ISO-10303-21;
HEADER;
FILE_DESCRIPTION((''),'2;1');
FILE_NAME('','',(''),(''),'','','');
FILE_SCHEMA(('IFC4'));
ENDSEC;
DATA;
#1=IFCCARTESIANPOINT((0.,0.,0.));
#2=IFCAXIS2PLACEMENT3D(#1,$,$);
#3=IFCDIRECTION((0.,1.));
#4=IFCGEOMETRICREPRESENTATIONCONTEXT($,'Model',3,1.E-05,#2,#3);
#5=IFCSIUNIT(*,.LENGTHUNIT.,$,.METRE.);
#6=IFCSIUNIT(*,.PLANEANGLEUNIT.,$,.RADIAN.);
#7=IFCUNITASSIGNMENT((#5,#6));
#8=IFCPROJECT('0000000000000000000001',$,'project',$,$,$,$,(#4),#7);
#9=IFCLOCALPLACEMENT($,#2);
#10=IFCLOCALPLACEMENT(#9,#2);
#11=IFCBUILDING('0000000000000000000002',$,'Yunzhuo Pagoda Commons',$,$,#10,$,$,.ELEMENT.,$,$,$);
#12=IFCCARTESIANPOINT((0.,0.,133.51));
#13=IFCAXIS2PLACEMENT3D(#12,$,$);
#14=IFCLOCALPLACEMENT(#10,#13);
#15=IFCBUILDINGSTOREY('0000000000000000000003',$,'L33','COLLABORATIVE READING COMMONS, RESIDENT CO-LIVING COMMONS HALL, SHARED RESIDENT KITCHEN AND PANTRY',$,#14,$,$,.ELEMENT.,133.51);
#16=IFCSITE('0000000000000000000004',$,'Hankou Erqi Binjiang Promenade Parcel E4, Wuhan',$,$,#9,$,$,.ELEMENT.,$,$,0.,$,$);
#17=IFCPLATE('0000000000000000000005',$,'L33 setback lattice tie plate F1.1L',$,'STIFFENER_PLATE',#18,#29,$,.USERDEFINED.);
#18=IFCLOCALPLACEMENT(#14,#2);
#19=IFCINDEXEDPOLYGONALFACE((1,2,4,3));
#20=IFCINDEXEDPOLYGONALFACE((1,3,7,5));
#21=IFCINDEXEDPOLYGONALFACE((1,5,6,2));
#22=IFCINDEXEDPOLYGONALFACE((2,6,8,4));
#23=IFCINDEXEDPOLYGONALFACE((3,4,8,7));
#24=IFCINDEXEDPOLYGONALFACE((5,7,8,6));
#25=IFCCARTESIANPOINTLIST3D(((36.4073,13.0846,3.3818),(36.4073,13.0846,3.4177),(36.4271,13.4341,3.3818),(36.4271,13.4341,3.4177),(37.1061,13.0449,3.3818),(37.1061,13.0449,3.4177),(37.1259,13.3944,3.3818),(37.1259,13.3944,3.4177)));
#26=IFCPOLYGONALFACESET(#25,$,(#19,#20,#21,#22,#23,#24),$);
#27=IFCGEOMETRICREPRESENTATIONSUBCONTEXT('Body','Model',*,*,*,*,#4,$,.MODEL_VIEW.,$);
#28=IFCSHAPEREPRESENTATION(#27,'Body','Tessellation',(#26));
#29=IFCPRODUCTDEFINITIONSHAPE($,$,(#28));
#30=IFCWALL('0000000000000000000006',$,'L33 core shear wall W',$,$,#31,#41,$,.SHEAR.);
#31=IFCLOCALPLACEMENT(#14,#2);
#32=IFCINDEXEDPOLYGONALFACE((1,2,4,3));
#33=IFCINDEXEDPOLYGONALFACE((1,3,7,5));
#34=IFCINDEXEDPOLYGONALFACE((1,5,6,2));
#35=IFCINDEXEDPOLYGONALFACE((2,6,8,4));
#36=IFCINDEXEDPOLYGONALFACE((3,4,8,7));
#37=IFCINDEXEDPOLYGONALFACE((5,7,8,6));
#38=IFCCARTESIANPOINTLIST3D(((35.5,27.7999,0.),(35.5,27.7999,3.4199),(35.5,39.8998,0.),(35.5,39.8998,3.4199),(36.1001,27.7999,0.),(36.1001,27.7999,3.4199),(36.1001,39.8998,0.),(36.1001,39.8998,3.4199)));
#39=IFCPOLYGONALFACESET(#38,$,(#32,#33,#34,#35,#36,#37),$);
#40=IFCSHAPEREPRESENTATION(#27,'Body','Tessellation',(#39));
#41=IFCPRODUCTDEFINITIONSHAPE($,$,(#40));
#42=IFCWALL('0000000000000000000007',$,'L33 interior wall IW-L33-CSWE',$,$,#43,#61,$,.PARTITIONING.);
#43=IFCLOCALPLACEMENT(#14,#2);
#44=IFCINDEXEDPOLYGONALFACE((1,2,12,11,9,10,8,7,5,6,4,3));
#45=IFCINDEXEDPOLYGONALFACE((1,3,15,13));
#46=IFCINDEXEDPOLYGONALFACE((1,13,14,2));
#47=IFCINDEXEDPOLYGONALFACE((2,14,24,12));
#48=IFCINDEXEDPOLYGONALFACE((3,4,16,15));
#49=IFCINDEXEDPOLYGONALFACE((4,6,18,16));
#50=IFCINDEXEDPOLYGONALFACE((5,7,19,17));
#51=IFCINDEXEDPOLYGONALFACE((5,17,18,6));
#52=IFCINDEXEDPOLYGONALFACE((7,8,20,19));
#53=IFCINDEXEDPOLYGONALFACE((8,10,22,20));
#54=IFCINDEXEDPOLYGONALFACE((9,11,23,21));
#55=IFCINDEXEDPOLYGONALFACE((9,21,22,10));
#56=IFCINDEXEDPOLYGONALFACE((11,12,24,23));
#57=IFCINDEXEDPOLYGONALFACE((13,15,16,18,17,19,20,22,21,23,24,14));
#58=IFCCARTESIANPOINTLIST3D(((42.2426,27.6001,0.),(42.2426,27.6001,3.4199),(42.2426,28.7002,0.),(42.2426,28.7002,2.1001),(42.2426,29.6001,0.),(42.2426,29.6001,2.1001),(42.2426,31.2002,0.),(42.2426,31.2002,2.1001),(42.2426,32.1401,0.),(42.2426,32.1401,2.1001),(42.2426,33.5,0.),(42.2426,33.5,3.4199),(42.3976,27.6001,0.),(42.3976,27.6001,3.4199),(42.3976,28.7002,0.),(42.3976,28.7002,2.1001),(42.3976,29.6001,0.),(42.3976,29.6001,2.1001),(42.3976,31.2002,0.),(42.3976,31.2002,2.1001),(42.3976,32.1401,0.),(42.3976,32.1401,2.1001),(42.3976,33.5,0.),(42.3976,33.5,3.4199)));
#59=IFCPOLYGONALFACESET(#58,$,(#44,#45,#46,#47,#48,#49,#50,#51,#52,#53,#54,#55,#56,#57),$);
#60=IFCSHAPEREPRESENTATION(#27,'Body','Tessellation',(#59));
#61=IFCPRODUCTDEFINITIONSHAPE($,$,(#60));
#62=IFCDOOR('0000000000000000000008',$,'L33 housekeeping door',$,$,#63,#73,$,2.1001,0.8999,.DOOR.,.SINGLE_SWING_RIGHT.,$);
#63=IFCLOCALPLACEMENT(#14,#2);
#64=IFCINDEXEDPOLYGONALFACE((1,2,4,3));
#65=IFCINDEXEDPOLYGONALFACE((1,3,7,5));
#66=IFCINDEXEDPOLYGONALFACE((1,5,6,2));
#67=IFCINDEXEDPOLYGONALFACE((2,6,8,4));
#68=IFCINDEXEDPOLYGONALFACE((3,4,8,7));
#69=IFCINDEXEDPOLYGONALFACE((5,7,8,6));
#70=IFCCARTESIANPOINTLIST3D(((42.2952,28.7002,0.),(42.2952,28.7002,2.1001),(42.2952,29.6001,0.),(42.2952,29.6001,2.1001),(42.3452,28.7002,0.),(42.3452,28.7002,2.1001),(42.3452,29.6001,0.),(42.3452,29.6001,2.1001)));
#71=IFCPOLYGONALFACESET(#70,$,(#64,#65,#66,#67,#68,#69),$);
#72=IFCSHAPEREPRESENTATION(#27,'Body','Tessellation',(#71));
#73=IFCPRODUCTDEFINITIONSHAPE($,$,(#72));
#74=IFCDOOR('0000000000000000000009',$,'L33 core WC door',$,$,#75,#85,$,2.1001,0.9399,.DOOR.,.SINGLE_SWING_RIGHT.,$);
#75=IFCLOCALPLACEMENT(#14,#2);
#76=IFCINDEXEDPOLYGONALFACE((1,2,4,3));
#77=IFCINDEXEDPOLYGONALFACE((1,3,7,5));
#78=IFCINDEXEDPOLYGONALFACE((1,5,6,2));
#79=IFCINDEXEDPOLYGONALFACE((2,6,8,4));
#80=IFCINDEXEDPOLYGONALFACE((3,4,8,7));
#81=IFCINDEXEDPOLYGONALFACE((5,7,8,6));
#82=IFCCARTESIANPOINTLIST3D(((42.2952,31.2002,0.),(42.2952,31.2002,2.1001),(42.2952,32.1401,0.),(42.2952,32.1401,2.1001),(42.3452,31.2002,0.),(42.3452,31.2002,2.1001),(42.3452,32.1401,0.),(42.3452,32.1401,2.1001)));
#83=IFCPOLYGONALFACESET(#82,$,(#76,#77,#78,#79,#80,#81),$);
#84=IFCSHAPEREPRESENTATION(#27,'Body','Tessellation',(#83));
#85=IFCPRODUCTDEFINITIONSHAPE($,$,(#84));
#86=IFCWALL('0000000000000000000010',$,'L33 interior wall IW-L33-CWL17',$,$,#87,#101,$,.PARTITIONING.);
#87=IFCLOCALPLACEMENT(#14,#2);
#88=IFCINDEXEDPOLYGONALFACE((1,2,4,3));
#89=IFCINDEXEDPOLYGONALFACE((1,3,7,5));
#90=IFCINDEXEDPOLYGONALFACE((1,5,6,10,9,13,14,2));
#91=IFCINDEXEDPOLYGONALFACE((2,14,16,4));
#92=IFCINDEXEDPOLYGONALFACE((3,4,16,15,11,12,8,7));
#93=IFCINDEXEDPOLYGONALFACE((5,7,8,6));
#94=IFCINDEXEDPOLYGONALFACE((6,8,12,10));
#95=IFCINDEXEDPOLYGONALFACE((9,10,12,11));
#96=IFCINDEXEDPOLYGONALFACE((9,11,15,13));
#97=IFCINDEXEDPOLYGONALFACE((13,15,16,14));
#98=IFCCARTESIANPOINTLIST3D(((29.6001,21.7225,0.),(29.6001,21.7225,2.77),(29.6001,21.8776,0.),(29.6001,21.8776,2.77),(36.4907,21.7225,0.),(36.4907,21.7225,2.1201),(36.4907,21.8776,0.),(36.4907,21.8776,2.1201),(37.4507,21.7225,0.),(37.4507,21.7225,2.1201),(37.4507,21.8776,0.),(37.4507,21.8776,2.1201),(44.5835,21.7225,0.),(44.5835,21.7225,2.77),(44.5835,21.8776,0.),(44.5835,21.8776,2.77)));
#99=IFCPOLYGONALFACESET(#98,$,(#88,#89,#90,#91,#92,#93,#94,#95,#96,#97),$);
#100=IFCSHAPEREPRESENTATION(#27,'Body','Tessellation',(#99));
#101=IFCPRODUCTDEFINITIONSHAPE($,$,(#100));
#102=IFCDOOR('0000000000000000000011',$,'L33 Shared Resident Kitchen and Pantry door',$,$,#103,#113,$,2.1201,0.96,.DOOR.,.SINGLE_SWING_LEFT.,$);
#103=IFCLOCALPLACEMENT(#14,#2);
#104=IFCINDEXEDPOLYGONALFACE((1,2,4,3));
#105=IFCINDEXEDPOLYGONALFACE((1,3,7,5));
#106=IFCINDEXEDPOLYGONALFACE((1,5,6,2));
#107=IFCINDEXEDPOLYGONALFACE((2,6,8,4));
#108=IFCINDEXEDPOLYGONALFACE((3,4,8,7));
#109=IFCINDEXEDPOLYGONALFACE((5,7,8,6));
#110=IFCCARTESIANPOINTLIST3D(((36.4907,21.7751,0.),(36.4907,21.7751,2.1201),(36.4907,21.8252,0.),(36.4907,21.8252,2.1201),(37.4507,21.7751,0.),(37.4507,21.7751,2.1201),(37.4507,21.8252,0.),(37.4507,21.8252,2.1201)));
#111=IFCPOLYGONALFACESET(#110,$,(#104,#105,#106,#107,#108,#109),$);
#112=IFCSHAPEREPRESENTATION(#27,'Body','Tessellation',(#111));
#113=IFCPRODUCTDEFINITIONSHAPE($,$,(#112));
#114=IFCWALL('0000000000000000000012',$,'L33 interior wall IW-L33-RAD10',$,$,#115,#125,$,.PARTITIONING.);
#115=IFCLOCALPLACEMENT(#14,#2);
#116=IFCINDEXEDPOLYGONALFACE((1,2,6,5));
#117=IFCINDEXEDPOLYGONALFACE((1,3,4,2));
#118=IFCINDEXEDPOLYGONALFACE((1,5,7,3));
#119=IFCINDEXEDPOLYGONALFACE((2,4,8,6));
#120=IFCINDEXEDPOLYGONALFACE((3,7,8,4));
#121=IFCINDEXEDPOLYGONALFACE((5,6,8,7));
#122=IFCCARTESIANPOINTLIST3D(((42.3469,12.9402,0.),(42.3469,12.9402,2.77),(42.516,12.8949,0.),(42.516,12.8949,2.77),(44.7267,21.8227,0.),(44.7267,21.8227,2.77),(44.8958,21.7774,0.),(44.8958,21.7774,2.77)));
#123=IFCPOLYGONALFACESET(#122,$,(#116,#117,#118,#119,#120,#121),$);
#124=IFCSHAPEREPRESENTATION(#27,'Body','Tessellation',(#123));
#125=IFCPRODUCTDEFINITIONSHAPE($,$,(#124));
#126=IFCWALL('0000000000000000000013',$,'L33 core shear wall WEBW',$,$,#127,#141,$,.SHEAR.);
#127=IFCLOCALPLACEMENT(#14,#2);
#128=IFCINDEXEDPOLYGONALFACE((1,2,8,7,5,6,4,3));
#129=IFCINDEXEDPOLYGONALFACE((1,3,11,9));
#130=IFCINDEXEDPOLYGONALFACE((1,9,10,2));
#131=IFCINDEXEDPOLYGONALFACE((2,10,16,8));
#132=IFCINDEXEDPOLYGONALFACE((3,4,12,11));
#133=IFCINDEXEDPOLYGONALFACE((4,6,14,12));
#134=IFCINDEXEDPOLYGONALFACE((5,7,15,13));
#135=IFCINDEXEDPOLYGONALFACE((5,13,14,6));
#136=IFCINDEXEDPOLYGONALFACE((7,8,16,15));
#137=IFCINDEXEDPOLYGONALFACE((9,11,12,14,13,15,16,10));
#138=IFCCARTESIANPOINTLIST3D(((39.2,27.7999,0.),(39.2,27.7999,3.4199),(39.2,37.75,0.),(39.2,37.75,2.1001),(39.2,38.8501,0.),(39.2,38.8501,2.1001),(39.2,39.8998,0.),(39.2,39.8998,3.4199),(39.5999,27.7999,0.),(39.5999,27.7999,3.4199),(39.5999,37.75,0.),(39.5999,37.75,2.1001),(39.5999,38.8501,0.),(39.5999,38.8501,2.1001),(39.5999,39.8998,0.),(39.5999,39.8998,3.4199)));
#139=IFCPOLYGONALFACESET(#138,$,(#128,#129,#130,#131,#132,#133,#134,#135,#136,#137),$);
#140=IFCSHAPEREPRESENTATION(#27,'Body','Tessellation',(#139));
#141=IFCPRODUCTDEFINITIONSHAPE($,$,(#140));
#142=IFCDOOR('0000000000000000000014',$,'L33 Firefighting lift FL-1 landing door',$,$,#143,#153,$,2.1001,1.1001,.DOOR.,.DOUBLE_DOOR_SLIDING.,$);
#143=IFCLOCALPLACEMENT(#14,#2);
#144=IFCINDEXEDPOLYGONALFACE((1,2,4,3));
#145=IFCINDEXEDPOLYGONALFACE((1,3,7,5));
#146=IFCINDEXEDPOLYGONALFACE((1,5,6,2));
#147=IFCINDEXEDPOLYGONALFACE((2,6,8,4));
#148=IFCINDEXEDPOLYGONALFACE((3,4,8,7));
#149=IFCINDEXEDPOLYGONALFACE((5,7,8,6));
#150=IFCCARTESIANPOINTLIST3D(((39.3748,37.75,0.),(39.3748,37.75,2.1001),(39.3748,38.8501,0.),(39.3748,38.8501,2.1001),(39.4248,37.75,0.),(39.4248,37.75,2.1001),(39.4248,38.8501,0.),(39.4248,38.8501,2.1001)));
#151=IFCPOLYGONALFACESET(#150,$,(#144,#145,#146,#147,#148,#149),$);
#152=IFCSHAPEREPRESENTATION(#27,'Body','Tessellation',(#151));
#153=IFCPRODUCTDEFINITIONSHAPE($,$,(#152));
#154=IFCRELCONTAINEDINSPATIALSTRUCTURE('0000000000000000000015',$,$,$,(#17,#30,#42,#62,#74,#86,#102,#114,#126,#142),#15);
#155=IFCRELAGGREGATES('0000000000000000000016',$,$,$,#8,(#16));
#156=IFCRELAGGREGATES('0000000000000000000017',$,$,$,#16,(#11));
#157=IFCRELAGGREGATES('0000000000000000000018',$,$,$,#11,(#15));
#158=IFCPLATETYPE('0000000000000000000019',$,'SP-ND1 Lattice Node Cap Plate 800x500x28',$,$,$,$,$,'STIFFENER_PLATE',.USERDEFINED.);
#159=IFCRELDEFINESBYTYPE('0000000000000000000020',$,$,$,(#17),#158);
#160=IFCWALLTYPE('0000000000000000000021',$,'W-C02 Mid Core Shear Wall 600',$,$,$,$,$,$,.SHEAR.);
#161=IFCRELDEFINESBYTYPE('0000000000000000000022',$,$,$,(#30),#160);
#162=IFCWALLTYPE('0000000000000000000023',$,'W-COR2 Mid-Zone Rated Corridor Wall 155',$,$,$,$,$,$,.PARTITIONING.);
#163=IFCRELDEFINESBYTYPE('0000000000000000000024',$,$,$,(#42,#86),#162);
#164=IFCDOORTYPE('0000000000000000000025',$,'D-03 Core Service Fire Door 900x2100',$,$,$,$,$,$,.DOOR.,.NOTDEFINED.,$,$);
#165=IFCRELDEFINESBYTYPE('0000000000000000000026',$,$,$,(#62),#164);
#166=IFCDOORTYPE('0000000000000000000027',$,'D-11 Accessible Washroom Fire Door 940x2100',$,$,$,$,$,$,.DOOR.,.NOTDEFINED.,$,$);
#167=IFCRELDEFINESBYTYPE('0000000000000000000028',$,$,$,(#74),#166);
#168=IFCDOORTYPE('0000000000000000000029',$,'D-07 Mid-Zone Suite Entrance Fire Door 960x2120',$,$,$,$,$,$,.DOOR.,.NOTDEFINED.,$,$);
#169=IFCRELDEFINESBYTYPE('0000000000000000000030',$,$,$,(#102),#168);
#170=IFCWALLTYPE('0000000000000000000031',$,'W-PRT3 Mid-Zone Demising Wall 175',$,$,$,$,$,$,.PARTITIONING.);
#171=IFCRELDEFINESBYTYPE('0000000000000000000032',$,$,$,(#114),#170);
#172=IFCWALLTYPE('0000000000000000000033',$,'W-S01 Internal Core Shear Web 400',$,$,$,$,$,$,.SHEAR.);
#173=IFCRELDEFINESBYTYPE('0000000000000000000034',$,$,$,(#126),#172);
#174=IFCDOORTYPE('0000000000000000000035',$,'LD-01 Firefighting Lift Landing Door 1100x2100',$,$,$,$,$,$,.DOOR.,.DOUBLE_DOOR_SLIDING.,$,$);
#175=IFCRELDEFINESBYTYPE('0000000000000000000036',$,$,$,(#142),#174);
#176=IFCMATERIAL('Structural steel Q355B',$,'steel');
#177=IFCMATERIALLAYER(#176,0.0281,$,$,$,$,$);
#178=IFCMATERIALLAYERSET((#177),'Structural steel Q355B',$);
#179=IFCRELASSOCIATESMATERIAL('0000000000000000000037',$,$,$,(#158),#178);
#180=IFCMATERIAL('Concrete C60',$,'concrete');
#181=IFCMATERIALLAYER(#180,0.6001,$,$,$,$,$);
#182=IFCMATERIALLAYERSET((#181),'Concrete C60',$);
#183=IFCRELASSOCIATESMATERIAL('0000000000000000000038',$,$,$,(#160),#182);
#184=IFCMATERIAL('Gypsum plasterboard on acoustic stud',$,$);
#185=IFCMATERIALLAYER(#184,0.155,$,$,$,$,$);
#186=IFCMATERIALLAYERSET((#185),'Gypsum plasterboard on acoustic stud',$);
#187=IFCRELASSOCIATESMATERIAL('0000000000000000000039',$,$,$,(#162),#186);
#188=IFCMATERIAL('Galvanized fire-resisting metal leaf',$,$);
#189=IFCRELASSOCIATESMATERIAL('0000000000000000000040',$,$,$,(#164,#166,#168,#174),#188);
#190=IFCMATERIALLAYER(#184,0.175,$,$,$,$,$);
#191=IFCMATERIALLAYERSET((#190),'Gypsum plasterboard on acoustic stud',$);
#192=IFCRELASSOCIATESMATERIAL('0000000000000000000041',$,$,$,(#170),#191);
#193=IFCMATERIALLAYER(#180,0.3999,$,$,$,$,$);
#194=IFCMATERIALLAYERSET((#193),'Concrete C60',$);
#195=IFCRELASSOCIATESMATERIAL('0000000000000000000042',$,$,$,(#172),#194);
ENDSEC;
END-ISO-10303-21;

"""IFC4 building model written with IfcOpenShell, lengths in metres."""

from ifc_helpers import new_model, si_unit, direction, frame, frame_2d, origin, origin_with_axes, origin_2d, place, context, subcontext, project, spatial, rectangle, extrude, source, transform, mapped, material, layer, layer_set, type_object, element, fill, save


model = new_model("IFC4")

# Units and contexts
model_context = context("Model", 3, precision=1e-05, world=origin(), true_north=direction((0.0, 1.0)))
body_context = subcontext(model_context, "Body", "Model", "MODEL_VIEW")
ifc_project = project(units=[si_unit("LENGTHUNIT", "METRE"), si_unit("PLANEANGLEUNIT", "RADIAN")], contexts=[model_context])

# Site, building, storey
site_placement = place(None, origin())
site = spatial("IfcSite", under=ifc_project, at=site_placement, Name="Hankou Erqi Binjiang Promenade Parcel E4, Wuhan", CompositionType="ELEMENT", RefElevation=0.0)
building_placement = place(site_placement, origin())
building = spatial("IfcBuilding", under=site, at=building_placement, Name="Yunzhuo Pagoda Commons", CompositionType="ELEMENT")
storey_placement = place(building_placement, frame((0.0, 0.0, 133.51)))
storey = spatial("IfcBuildingStorey", under=building, at=storey_placement, Name="L33", Description="COLLABORATIVE READING COMMONS, RESIDENT CO-LIVING COMMONS HALL, SHARED RESIDENT KITCHEN AND PANTRY", CompositionType="ELEMENT", Elevation=133.51)

# Shared definitions
ifc_material_1 = material(Name="Structural steel Q355B", Category="steel")

# Plate
ifc_layer_1 = layer(ifc_material_1, 0.0281)
ifc_layer_set_1 = layer_set([ifc_layer_1], Name="Structural steel Q355B")
plate_type_1 = type_object("IfcPlateType", Name="SP-ND1 Lattice Node Cap Plate 800x500x28", ElementType="STIFFENER_PLATE", PredefinedType="USERDEFINED", material=ifc_layer_set_1)
shared_shape_1 = source(origin(), body_context, "Body", "SweptSolid", [
    extrude(rectangle(XDim=0.7, YDim=0.3501, at=origin_2d()), origin(), (0.0, 0.0, 1.0), 0.0359),
])
plate_1_placement = place(storey_placement, frame((36.7666, 13.2395, 3.3818), z_axis=(0.0, 0.0, 1.0), x_axis=(0.998389, -0.056745, 0.0)))
element("IfcPlate", 1, at=plate_1_placement, inside=storey, type_object=plate_type_1, Name="L33 setback lattice tie plate F1.1L", ObjectType="STIFFENER_PLATE", PredefinedType="USERDEFINED", context=body_context, shape_type="MappedRepresentation", body=[
    mapped(shared_shape_1, transform((0.0, 0.0, 0.0), scale=1.0)),
])

# Wall
ifc_material_2 = material(Name="Concrete C60", Category="concrete")
ifc_layer_2 = layer(ifc_material_2, 0.6001)
ifc_layer_set_2 = layer_set([ifc_layer_2], Name="Concrete C60")
wall_type_1 = type_object("IfcWallType", Name="W-C02 Mid Core Shear Wall 600", PredefinedType="SHEAR", material=ifc_layer_set_2)
wall_1_placement = place(storey_placement, frame((35.8, 27.8, 0.0), z_axis=(0.0, 0.0, 1.0), x_axis=(0.0, 1.0, 0.0)))
element("IfcWall", 2, at=wall_1_placement, inside=storey, type_object=wall_type_1, Name="L33 core shear wall W", PredefinedType="SHEAR", context=body_context, shape_type="SweptSolid", body=[
    extrude(rectangle(XDim=12.0999, YDim=0.6001, at=frame_2d((6.0498, 0.0))), origin(), (0.0, 0.0, 1.0), 3.4199),
])

# Wall, openings, doors
ifc_material_3 = material(Name="Gypsum plasterboard on acoustic stud")
ifc_layer_3 = layer(ifc_material_3, 0.155)
ifc_layer_set_3 = layer_set([ifc_layer_3], Name="Gypsum plasterboard on acoustic stud")
wall_type_2 = type_object("IfcWallType", Name="W-COR2 Mid-Zone Rated Corridor Wall 155", PredefinedType="PARTITIONING", material=ifc_layer_set_3)
wall_2_placement = place(storey_placement, frame((42.3201, 27.6001, 0.0), z_axis=(0.0, 0.0, 1.0), x_axis=(0.0, 1.0, 0.0)))
wall_2 = element("IfcWall", 3, at=wall_2_placement, inside=storey, type_object=wall_type_2, Name="L33 interior wall IW-L33-CSWE", PredefinedType="PARTITIONING", context=body_context, shape_type="SweptSolid", body=[
    extrude(rectangle(XDim=5.8999, YDim=0.155, at=frame_2d((2.95, 0.0))), origin(), (0.0, 0.0, 1.0), 3.4199),
])
opening_1_placement = place(wall_2_placement, frame((1.1001, 0.0, 0.0)))
opening_1 = element("IfcOpeningElement", 4, at=opening_1_placement, cuts=wall_2, PredefinedType="OPENING", context=body_context, shape_type="SweptSolid", body=[
    extrude(rectangle(XDim=0.8999, YDim=2.1001, at=frame_2d((0.45, 1.05))), frame((0.0, 0.0874, 0.0), z_axis=(0.0, -1.0, 0.0), x_axis=(1.0, 0.0, 0.0)), (0.0, 0.0, 1.0), 0.175),
])
opening_2_placement = place(wall_2_placement, frame((3.6001, 0.0, 0.0)))
opening_2 = element("IfcOpeningElement", 5, at=opening_2_placement, cuts=wall_2, PredefinedType="OPENING", context=body_context, shape_type="SweptSolid", body=[
    extrude(rectangle(XDim=0.9399, YDim=2.1001, at=frame_2d((0.47, 1.05))), frame((0.0, 0.0874, 0.0), z_axis=(0.0, -1.0, 0.0), x_axis=(1.0, 0.0, 0.0)), (0.0, 0.0, 1.0), 0.175),
])
ifc_material_4 = material(Name="Galvanized fire-resisting metal leaf")
door_type_1 = type_object("IfcDoorType", Name="D-03 Core Service Fire Door 900x2100", OperationType="NOTDEFINED", PredefinedType="DOOR", material=ifc_material_4)
shared_shape_2 = source(origin(), body_context, "Body", "SweptSolid", [
    extrude(rectangle(XDim=0.8999, YDim=2.1001, at=frame_2d((0.45, 1.05))), frame((0.0, 0.0249, 0.0), z_axis=(0.0, -1.0, 0.0), x_axis=(1.0, 0.0, 0.0)), (0.0, 0.0, 1.0), 0.05),
])
door_1_placement = place(opening_1_placement, origin_with_axes())
door_1 = element("IfcDoor", 6, at=door_1_placement, inside=storey, type_object=door_type_1, Name="L33 housekeeping door", OperationType="SINGLE_SWING_RIGHT", OverallHeight=2.1001, OverallWidth=0.8999, PredefinedType="DOOR", context=body_context, shape_type="MappedRepresentation", body=[
    mapped(shared_shape_2, transform((0.0, 0.0, 0.0), scale=1.0)),
])
fill(opening_1, door_1)
door_type_2 = type_object("IfcDoorType", Name="D-11 Accessible Washroom Fire Door 940x2100", OperationType="NOTDEFINED", PredefinedType="DOOR", material=ifc_material_4)
shared_shape_3 = source(origin(), body_context, "Body", "SweptSolid", [
    extrude(rectangle(XDim=0.9399, YDim=2.1001, at=frame_2d((0.47, 1.05))), frame((0.0, 0.0249, 0.0), z_axis=(0.0, -1.0, 0.0), x_axis=(1.0, 0.0, 0.0)), (0.0, 0.0, 1.0), 0.05),
])
door_2_placement = place(opening_2_placement, origin_with_axes())
door_2 = element("IfcDoor", 7, at=door_2_placement, inside=storey, type_object=door_type_2, Name="L33 core WC door", OperationType="SINGLE_SWING_RIGHT", OverallHeight=2.1001, OverallWidth=0.9399, PredefinedType="DOOR", context=body_context, shape_type="MappedRepresentation", body=[
    mapped(shared_shape_3, transform((0.0, 0.0, 0.0), scale=1.0)),
])
fill(opening_2, door_2)

# Wall, opening, door
wall_3_placement = place(storey_placement, frame((44.5835, 21.8, 0.0), z_axis=(0.0, 0.0, 1.0), x_axis=(-1.0, 0.0, 0.0)))
wall_3 = element("IfcWall", 8, at=wall_3_placement, inside=storey, type_object=wall_type_2, Name="L33 interior wall IW-L33-CWL17", PredefinedType="PARTITIONING", context=body_context, shape_type="SweptSolid", body=[
    extrude(rectangle(XDim=14.9834, YDim=0.155, at=frame_2d((7.4917, 0.0))), origin(), (0.0, 0.0, 1.0), 2.77),
])
opening_3_placement = place(wall_3_placement, frame((7.1328, 0.0, 0.0)))
opening_3 = element("IfcOpeningElement", 9, at=opening_3_placement, cuts=wall_3, PredefinedType="OPENING", context=body_context, shape_type="SweptSolid", body=[
    extrude(rectangle(XDim=0.96, YDim=2.1201, at=frame_2d((0.48, 1.0601))), frame((0.0, 0.0874, 0.0), z_axis=(0.0, -1.0, 0.0), x_axis=(1.0, 0.0, 0.0)), (0.0, 0.0, 1.0), 0.175),
])
door_type_3 = type_object("IfcDoorType", Name="D-07 Mid-Zone Suite Entrance Fire Door 960x2120", OperationType="NOTDEFINED", PredefinedType="DOOR", material=ifc_material_4)
shared_shape_4 = source(origin(), body_context, "Body", "SweptSolid", [
    extrude(rectangle(XDim=0.96, YDim=2.1201, at=frame_2d((0.48, 1.0601))), frame((0.0, 0.0249, 0.0), z_axis=(0.0, -1.0, 0.0), x_axis=(1.0, 0.0, 0.0)), (0.0, 0.0, 1.0), 0.05),
])
door_3_placement = place(opening_3_placement, origin_with_axes())
door_3 = element("IfcDoor", 10, at=door_3_placement, inside=storey, type_object=door_type_3, Name="L33 Shared Resident Kitchen and Pantry door", OperationType="SINGLE_SWING_LEFT", OverallHeight=2.1201, OverallWidth=0.96, PredefinedType="DOOR", context=body_context, shape_type="MappedRepresentation", body=[
    mapped(shared_shape_4, transform((0.0, 0.0, 0.0), scale=1.0)),
])
fill(opening_3, door_3)

# Wall
ifc_layer_4 = layer(ifc_material_3, 0.175)
ifc_layer_set_4 = layer_set([ifc_layer_4], Name="Gypsum plasterboard on acoustic stud")
wall_type_3 = type_object("IfcWallType", Name="W-PRT3 Mid-Zone Demising Wall 175", PredefinedType="PARTITIONING", material=ifc_layer_set_4)
wall_4_placement = place(storey_placement, frame((44.8113, 21.8, 0.0), z_axis=(0.0, 0.0, 1.0), x_axis=(-0.258799, -0.965931, 0.0)))
element("IfcWall", 11, at=wall_4_placement, inside=storey, type_object=wall_type_3, Name="L33 interior wall IW-L33-RAD10", PredefinedType="PARTITIONING", context=body_context, shape_type="SweptSolid", body=[
    extrude(rectangle(XDim=9.1958, YDim=0.175, at=frame_2d((4.5979, 0.0))), origin(), (0.0, 0.0, 1.0), 2.77),
])

# Wall, opening, door
ifc_layer_5 = layer(ifc_material_2, 0.3999)
ifc_layer_set_5 = layer_set([ifc_layer_5], Name="Concrete C60")
wall_type_4 = type_object("IfcWallType", Name="W-S01 Internal Core Shear Web 400", PredefinedType="SHEAR", material=ifc_layer_set_5)
wall_5_placement = place(storey_placement, frame((39.3999, 27.8, 0.0), z_axis=(0.0, 0.0, 1.0), x_axis=(0.0, 1.0, 0.0)))
wall_5 = element("IfcWall", 12, at=wall_5_placement, inside=storey, type_object=wall_type_4, Name="L33 core shear wall WEBW", PredefinedType="SHEAR", context=body_context, shape_type="SweptSolid", body=[
    extrude(rectangle(XDim=12.0999, YDim=0.3999, at=frame_2d((6.0498, 0.0))), origin(), (0.0, 0.0, 1.0), 3.4199),
])
opening_4_placement = place(wall_5_placement, frame((9.95, 0.0, 0.0)))
opening_4 = element("IfcOpeningElement", 13, at=opening_4_placement, cuts=wall_5, PredefinedType="OPENING", context=body_context, shape_type="SweptSolid", body=[
    extrude(rectangle(XDim=1.1001, YDim=2.1001, at=frame_2d((0.55, 1.05))), frame((0.0, 0.21, 0.0), z_axis=(0.0, -1.0, 0.0), x_axis=(1.0, 0.0, 0.0)), (0.0, 0.0, 1.0), 0.4199),
])
door_type_4 = type_object("IfcDoorType", Name="LD-01 Firefighting Lift Landing Door 1100x2100", OperationType="DOUBLE_DOOR_SLIDING", PredefinedType="DOOR", material=ifc_material_4)
shared_shape_5 = source(origin(), body_context, "Body", "SweptSolid", [
    extrude(rectangle(XDim=1.1001, YDim=2.1001, at=frame_2d((0.55, 1.05))), frame((0.0, 0.0249, 0.0), z_axis=(0.0, -1.0, 0.0), x_axis=(1.0, 0.0, 0.0)), (0.0, 0.0, 1.0), 0.05),
])
door_4_placement = place(opening_4_placement, frame((1.1001, 0.0, 0.0), z_axis=(0.0, 0.0, 1.0), x_axis=(-1.0, 0.0, 0.0)))
door_4 = element("IfcDoor", 14, at=door_4_placement, inside=storey, type_object=door_type_4, Name="L33 Firefighting lift FL-1 landing door", OperationType="DOUBLE_DOOR_SLIDING", OverallHeight=2.1001, OverallWidth=1.1001, PredefinedType="DOOR", context=body_context, shape_type="MappedRepresentation", body=[
    mapped(shared_shape_5, transform((0.0, 0.0, 0.0), scale=1.0)),
])
fill(opening_4, door_4)

save(model, "model.ifc")
